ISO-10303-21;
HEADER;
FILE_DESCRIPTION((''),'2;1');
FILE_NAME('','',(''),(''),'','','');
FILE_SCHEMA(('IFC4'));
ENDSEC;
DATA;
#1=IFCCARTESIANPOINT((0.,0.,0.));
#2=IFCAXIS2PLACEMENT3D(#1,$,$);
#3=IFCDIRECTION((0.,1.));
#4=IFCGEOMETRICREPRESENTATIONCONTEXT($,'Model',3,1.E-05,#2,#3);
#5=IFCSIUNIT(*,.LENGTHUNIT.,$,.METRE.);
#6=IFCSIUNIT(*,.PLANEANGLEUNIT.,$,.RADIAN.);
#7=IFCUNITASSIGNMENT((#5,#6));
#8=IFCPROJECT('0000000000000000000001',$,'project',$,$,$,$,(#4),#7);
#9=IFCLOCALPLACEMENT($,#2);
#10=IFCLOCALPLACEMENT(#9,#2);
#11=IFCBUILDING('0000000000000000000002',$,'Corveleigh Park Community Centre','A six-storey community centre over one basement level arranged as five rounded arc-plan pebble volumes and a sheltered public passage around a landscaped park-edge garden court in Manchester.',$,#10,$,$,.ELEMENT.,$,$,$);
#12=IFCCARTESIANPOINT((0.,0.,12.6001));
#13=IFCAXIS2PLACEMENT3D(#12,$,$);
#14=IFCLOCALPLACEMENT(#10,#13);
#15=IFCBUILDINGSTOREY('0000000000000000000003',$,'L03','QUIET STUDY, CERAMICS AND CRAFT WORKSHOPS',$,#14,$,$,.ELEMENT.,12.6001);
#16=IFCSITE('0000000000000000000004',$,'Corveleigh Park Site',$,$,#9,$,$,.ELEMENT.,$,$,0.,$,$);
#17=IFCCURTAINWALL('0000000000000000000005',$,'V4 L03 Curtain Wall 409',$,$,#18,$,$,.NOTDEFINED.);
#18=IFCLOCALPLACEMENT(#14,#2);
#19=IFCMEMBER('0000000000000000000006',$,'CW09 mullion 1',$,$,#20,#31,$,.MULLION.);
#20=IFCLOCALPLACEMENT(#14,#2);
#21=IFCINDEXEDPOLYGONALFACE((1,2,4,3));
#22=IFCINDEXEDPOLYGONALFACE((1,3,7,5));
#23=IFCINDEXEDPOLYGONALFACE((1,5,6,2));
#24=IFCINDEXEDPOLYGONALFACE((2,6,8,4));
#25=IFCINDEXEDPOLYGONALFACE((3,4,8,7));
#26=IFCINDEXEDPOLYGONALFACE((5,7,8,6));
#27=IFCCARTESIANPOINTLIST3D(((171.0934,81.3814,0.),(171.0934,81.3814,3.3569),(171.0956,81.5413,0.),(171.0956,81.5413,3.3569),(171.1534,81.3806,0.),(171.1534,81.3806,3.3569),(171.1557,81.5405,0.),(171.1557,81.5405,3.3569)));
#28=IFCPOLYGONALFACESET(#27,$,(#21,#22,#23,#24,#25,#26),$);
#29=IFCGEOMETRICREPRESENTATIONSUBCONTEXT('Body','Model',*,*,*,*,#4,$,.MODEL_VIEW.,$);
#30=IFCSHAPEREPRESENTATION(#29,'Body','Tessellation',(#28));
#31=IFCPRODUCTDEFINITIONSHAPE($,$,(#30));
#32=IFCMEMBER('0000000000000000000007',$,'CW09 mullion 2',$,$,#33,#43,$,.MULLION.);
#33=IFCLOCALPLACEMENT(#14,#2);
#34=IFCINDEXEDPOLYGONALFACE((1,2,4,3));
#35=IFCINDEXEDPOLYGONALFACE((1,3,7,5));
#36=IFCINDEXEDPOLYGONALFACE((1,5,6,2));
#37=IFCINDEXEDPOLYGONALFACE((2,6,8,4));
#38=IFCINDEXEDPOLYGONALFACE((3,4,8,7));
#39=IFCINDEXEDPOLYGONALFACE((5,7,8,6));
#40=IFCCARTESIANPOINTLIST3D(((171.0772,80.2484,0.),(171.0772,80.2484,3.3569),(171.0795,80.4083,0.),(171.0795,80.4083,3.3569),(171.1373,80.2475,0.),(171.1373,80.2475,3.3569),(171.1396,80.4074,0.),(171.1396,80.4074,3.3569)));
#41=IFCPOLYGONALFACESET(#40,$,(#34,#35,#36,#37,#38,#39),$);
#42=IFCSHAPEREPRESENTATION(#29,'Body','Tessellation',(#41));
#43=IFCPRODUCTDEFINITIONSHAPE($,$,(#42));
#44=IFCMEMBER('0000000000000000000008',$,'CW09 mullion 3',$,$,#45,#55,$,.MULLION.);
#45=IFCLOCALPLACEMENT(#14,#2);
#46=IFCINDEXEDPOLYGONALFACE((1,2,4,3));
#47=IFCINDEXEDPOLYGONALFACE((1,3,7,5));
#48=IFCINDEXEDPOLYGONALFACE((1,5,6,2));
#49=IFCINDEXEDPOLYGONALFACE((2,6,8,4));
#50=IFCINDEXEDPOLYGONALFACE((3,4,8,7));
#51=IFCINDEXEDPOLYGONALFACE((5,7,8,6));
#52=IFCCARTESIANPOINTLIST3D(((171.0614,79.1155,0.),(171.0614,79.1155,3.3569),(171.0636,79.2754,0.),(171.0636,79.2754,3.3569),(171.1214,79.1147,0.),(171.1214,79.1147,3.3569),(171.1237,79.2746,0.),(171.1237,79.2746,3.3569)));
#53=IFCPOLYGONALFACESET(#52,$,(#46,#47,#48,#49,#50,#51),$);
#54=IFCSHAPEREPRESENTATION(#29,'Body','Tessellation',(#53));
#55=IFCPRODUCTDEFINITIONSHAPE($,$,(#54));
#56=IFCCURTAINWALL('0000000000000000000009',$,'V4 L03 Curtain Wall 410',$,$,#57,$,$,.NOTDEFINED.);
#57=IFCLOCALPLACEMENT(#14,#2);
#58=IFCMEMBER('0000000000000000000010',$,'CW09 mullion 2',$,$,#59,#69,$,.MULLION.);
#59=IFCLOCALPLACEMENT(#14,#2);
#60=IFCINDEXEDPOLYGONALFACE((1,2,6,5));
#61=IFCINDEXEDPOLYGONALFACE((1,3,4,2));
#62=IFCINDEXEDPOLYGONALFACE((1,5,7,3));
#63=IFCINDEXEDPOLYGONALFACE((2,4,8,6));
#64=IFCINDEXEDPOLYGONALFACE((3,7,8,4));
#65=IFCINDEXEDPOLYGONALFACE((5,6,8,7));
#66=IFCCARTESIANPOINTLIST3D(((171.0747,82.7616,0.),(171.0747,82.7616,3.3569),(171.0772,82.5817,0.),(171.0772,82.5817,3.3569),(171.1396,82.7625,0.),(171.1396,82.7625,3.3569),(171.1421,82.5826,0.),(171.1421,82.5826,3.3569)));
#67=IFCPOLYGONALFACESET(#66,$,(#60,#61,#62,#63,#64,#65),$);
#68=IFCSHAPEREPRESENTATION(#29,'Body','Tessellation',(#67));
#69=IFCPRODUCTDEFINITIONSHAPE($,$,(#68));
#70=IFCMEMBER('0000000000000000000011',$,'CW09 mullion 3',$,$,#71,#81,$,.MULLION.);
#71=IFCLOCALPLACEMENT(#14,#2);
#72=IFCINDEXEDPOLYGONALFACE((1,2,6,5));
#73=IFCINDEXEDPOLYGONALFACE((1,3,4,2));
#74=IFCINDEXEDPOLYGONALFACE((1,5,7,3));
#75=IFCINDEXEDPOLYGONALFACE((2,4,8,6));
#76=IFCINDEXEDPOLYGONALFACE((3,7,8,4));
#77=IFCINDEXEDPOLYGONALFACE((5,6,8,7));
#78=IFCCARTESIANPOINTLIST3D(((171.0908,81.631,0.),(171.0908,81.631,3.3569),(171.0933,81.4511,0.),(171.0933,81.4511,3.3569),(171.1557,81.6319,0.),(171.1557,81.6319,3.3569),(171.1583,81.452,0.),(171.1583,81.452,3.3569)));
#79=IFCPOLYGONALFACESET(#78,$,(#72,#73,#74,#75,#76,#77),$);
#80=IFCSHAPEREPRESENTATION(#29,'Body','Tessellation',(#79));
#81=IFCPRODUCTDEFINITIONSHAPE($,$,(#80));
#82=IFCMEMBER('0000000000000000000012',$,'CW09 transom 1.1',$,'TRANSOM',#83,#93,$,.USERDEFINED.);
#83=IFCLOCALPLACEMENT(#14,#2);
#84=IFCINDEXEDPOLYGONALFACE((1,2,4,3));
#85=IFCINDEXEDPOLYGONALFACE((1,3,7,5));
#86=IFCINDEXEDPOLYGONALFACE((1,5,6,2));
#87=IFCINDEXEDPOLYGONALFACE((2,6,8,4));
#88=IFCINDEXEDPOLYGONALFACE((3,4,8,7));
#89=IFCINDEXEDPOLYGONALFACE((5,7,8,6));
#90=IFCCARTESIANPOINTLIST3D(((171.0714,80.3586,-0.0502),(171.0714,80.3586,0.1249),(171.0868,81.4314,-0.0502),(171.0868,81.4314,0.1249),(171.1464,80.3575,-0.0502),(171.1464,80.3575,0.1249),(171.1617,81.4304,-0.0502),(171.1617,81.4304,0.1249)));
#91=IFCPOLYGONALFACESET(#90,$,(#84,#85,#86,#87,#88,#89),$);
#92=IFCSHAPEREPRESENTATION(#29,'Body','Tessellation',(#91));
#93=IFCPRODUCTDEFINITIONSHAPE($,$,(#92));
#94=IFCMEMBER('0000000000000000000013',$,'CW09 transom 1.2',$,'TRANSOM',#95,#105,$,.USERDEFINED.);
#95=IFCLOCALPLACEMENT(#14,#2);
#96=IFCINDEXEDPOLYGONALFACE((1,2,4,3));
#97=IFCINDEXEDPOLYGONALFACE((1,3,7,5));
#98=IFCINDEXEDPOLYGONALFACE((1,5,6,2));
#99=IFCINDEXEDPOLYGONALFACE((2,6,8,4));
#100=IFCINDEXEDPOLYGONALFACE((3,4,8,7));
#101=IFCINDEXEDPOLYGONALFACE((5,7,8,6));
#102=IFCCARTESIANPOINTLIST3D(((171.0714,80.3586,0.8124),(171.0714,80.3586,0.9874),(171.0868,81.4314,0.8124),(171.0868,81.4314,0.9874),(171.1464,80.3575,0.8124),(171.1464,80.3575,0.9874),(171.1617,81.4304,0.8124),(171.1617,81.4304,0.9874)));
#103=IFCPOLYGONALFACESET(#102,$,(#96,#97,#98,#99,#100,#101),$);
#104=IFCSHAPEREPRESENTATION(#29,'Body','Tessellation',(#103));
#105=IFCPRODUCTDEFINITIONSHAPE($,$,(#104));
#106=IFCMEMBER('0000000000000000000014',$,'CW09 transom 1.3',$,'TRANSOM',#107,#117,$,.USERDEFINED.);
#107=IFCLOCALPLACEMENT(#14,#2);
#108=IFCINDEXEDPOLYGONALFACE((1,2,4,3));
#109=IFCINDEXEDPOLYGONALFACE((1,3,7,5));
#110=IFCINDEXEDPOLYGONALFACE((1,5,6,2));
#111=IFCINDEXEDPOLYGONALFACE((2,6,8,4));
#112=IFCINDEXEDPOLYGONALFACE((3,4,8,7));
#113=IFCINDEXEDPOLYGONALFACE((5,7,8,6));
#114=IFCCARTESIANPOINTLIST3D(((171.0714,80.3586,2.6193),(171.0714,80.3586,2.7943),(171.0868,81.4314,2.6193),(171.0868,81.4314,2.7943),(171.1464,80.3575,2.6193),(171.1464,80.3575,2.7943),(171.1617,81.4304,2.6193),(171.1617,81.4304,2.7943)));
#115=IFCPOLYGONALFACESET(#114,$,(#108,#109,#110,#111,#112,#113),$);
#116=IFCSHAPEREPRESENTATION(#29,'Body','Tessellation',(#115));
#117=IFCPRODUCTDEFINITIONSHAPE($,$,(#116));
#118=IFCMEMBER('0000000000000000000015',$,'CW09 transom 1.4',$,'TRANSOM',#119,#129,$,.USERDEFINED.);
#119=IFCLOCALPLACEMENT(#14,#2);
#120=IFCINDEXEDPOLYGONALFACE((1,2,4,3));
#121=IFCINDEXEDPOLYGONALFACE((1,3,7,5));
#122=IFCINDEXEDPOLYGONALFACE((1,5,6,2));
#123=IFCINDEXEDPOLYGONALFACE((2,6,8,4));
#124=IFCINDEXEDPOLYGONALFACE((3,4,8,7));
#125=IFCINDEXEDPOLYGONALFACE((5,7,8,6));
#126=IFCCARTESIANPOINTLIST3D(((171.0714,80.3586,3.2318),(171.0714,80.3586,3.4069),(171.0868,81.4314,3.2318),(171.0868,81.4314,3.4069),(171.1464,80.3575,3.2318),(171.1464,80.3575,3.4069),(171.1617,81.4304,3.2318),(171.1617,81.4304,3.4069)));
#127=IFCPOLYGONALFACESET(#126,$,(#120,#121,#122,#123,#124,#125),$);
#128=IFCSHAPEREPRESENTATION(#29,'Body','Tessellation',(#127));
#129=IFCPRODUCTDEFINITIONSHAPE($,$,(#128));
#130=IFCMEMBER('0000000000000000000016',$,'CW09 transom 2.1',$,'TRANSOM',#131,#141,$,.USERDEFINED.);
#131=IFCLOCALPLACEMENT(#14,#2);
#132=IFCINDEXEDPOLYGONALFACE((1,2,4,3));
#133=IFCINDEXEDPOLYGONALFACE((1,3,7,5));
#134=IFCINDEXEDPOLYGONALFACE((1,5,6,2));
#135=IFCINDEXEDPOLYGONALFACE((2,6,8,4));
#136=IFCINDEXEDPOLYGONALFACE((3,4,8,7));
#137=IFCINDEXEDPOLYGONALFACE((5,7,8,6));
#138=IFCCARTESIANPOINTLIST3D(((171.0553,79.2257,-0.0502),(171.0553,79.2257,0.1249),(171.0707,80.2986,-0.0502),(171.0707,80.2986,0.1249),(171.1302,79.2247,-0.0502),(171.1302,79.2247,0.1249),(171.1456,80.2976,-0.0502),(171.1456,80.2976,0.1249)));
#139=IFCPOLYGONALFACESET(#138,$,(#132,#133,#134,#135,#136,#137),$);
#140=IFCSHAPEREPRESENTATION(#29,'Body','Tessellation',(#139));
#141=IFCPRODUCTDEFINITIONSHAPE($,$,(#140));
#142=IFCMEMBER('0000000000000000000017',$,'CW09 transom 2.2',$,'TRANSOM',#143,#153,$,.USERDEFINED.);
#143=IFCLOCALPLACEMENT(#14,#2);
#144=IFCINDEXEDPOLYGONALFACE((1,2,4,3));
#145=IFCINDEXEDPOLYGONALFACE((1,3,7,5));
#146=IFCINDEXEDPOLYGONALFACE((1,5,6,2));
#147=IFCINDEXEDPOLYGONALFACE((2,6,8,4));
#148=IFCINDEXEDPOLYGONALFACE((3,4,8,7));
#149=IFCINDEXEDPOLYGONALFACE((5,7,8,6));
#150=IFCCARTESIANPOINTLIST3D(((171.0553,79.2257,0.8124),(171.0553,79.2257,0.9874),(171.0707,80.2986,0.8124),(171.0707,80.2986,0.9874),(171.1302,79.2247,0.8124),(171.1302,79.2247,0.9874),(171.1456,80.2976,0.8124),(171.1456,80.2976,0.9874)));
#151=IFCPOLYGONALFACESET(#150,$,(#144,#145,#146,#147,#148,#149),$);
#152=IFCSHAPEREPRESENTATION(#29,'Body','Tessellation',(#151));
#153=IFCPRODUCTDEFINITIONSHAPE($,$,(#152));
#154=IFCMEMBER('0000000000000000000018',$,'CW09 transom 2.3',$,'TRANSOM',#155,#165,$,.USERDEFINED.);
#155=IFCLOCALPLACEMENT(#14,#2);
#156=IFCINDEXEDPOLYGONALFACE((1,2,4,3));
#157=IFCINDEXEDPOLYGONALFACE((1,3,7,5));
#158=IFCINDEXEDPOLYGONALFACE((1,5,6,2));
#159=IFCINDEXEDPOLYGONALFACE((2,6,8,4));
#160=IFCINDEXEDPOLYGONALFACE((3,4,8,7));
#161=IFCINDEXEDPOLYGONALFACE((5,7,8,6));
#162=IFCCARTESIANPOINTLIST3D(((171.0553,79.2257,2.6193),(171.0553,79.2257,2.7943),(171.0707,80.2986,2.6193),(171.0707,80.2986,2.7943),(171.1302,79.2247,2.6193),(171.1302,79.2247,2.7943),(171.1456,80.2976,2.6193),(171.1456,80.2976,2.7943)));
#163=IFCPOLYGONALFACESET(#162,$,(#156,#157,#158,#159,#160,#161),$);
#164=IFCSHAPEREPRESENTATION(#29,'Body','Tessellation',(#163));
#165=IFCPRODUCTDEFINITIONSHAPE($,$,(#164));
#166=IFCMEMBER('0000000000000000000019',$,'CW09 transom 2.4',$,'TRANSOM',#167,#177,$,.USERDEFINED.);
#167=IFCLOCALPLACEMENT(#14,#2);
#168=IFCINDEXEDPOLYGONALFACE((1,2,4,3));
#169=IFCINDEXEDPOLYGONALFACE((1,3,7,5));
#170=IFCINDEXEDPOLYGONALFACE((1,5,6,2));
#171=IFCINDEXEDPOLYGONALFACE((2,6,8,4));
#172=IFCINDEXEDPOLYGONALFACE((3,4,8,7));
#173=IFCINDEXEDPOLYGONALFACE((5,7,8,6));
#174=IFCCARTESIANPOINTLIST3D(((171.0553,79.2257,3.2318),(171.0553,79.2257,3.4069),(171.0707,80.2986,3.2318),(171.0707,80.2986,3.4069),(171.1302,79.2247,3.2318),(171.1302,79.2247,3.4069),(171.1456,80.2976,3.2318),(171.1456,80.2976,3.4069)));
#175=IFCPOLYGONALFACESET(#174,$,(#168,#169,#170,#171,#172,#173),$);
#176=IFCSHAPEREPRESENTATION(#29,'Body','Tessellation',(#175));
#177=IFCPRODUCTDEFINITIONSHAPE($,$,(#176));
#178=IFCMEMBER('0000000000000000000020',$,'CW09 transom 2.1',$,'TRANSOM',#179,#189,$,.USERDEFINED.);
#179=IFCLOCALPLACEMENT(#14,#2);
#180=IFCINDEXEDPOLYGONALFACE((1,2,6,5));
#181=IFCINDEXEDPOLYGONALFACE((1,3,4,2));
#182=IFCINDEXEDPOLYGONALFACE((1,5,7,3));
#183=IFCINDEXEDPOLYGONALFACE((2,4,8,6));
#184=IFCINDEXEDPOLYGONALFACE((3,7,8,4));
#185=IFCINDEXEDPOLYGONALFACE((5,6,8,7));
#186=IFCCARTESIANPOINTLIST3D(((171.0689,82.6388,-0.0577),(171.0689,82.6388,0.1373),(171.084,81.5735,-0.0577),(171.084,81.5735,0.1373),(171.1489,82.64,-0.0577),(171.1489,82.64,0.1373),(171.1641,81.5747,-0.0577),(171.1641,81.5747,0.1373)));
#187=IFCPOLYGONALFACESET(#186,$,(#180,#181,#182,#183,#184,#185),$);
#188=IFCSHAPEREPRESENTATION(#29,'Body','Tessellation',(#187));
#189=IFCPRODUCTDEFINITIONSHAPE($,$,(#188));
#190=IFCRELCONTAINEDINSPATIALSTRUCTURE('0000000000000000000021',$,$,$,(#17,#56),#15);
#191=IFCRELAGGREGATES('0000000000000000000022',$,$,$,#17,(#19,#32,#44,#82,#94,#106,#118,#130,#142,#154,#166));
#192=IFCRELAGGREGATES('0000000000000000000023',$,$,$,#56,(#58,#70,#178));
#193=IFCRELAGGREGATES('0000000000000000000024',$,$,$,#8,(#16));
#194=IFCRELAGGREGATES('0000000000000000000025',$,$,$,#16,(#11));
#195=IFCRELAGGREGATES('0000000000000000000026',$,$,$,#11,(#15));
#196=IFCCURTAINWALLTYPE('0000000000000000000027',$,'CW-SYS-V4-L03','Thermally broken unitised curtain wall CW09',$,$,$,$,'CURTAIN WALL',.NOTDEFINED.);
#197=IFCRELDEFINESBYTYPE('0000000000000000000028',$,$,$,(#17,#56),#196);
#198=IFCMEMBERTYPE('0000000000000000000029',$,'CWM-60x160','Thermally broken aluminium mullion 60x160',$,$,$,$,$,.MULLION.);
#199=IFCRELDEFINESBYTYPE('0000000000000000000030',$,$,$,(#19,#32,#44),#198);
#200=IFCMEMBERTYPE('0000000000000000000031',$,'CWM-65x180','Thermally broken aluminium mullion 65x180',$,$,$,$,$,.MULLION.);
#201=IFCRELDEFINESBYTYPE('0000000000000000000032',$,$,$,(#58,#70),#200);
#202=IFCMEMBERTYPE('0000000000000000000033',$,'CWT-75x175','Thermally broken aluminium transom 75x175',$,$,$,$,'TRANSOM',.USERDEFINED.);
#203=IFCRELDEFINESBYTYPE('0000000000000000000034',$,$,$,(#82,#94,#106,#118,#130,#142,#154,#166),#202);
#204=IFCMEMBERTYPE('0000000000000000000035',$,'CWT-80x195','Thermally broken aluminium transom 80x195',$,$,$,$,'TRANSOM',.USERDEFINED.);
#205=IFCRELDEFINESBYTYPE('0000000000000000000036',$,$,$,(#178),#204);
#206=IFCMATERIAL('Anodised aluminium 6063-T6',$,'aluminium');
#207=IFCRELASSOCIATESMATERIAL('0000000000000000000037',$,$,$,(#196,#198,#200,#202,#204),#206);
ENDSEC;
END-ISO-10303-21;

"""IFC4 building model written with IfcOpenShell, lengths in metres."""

from ifc_helpers import new_model, si_unit, direction, frame, origin, origin_2d, place, context, subcontext, project, spatial, rectangle, extrude, material, material_profile, profile_set, type_object, element, aggregate, save


model = new_model("IFC4")

# Units and contexts
model_context = context("Model", 3, precision=1e-05, world=origin(), true_north=direction((0.0, 1.0)))
body_context = subcontext(model_context, "Body", "Model", "MODEL_VIEW")
ifc_project = project(units=[si_unit("LENGTHUNIT", "METRE"), si_unit("PLANEANGLEUNIT", "RADIAN")], contexts=[model_context])

# Site, building, storey
site_placement = place(None, origin())
site = spatial("IfcSite", under=ifc_project, at=site_placement, Name="Corveleigh Park Site", CompositionType="ELEMENT", RefElevation=0.0)
building_placement = place(site_placement, origin())
building = spatial("IfcBuilding", under=site, at=building_placement, Name="Corveleigh Park Community Centre", Description="A six-storey community centre over one basement level arranged as five rounded arc-plan pebble volumes and a sheltered public passage around a landscaped park-edge garden court in Manchester.", CompositionType="ELEMENT")
storey_placement = place(building_placement, frame((0.0, 0.0, 12.6001)))
storey = spatial("IfcBuildingStorey", under=building, at=storey_placement, Name="L03", Description="QUIET STUDY, CERAMICS AND CRAFT WORKSHOPS", CompositionType="ELEMENT", Elevation=12.6001)

# Curtain walls, members
ifc_material_1 = material(Name="Anodised aluminium 6063-T6", Category="aluminium")
curtain_wall_type = type_object("IfcCurtainWallType", Name="CW-SYS-V4-L03", Description="Thermally broken unitised curtain wall CW09", ElementType="CURTAIN WALL", PredefinedType="NOTDEFINED", material=ifc_material_1)
curtain_wall_1_placement = place(storey_placement, origin())
curtain_wall_1 = element("IfcCurtainWall", 1, at=curtain_wall_1_placement, inside=storey, type_object=curtain_wall_type, Name="V4 L03 Curtain Wall 409", PredefinedType="NOTDEFINED")
ifc_material_profile_1 = material_profile(ifc_material_1, rectangle(XDim=0.0601, YDim=0.1599, at=origin_2d()), Name="ALU-M60x160", Category="aluminium")
ifc_profile_set_1 = profile_set([ifc_material_profile_1], Name="Anodised aluminium 6063-T6")
member_type_1 = type_object("IfcMemberType", Name="CWM-60x160", Description="Thermally broken aluminium mullion 60x160", PredefinedType="MULLION", material=ifc_profile_set_1)
member_1_placement = place(storey_placement, frame((171.1245, 81.4609, 0.0), z_axis=(0.0, 0.0, 1.0), x_axis=(0.999899, -0.014186, 0.0)))
member_1 = element("IfcMember", 2, at=member_1_placement, type_object=member_type_1, Name="CW09 mullion 1", PredefinedType="MULLION", context=body_context, shape_type="SweptSolid", body=[
    extrude(rectangle(XDim=0.0601, YDim=0.1599, at=origin_2d()), origin(), (0.0, 0.0, 1.0), 3.3569),
])
member_2_placement = place(storey_placement, frame((171.1084, 80.3279, 0.0), z_axis=(0.0, 0.0, 1.0), x_axis=(0.999899, -0.014186, 0.0)))
member_2 = element("IfcMember", 3, at=member_2_placement, type_object=member_type_1, Name="CW09 mullion 2", PredefinedType="MULLION", context=body_context, shape_type="SweptSolid", body=[
    extrude(rectangle(XDim=0.0601, YDim=0.1599, at=origin_2d()), origin(), (0.0, 0.0, 1.0), 3.3569),
])
member_3_placement = place(storey_placement, frame((171.0925, 79.1951, 0.0), z_axis=(0.0, 0.0, 1.0), x_axis=(0.999899, -0.014186, 0.0)))
member_3 = element("IfcMember", 4, at=member_3_placement, type_object=member_type_1, Name="CW09 mullion 3", PredefinedType="MULLION", context=body_context, shape_type="SweptSolid", body=[
    extrude(rectangle(XDim=0.0601, YDim=0.1599, at=origin_2d()), origin(), (0.0, 0.0, 1.0), 3.3569),
])
curtain_wall_2_placement = place(storey_placement, origin())
curtain_wall_2 = element("IfcCurtainWall", 5, at=curtain_wall_2_placement, inside=storey, type_object=curtain_wall_type, Name="V4 L03 Curtain Wall 410", PredefinedType="NOTDEFINED")
ifc_material_profile_2 = material_profile(ifc_material_1, rectangle(XDim=0.0649, YDim=0.1799, at=origin_2d()), Name="ALU-M65x180", Category="aluminium")
ifc_profile_set_2 = profile_set([ifc_material_profile_2], Name="Anodised aluminium 6063-T6")
member_type_2 = type_object("IfcMemberType", Name="CWM-65x180", Description="Thermally broken aluminium mullion 65x180", PredefinedType="MULLION", material=ifc_profile_set_2)
member_4_placement = place(storey_placement, frame((171.1084, 82.6721, 0.0), z_axis=(0.0, 0.0, 1.0), x_axis=(0.999899, 0.014186, 0.0)))
member_4 = element("IfcMember", 6, at=member_4_placement, type_object=member_type_2, Name="CW09 mullion 2", PredefinedType="MULLION", context=body_context, shape_type="SweptSolid", body=[
    extrude(rectangle(XDim=0.0649, YDim=0.1799, at=origin_2d()), origin(), (0.0, 0.0, 1.0), 3.3569),
])
member_5_placement = place(storey_placement, frame((171.1245, 81.5415, 0.0), z_axis=(0.0, 0.0, 1.0), x_axis=(0.999899, 0.014186, 0.0)))
member_5 = element("IfcMember", 7, at=member_5_placement, type_object=member_type_2, Name="CW09 mullion 3", PredefinedType="MULLION", context=body_context, shape_type="SweptSolid", body=[
    extrude(rectangle(XDim=0.0649, YDim=0.1799, at=origin_2d()), origin(), (0.0, 0.0, 1.0), 3.3569),
])

# Members
ifc_material_profile_3 = material_profile(ifc_material_1, rectangle(XDim=0.075, YDim=0.175, at=origin_2d()), Name="ALU-T75x175", Category="aluminium")
ifc_profile_set_3 = profile_set([ifc_material_profile_3], Name="Anodised aluminium 6063-T6")
member_type_3 = type_object("IfcMemberType", Name="CWT-75x175", Description="Thermally broken aluminium transom 75x175", ElementType="TRANSOM", PredefinedType="USERDEFINED", material=ifc_profile_set_3)
member_6_placement = place(storey_placement, frame((171.1243, 81.4309, 0.0374), z_axis=(-0.014333, -0.999897, 0.0), x_axis=(0.999897, -0.014333, 0.0)))
member_6 = element("IfcMember", 8, at=member_6_placement, type_object=member_type_3, Name="CW09 transom 1.1", ObjectType="TRANSOM", PredefinedType="USERDEFINED", context=body_context, shape_type="SweptSolid", body=[
    extrude(rectangle(XDim=0.075, YDim=0.175, at=origin_2d()), origin(), (0.0, 0.0, 1.0), 1.073),
])
member_7_placement = place(storey_placement, frame((171.1243, 81.4309, 0.8999), z_axis=(-0.014333, -0.999897, 0.0), x_axis=(0.999897, -0.014333, 0.0)))
member_7 = element("IfcMember", 9, at=member_7_placement, type_object=member_type_3, Name="CW09 transom 1.2", ObjectType="TRANSOM", PredefinedType="USERDEFINED", context=body_context, shape_type="SweptSolid", body=[
    extrude(rectangle(XDim=0.075, YDim=0.175, at=origin_2d()), origin(), (0.0, 0.0, 1.0), 1.073),
])
member_8_placement = place(storey_placement, frame((171.1243, 81.4309, 2.7068), z_axis=(-0.014333, -0.999897, 0.0), x_axis=(0.999897, -0.014333, 0.0)))
member_8 = element("IfcMember", 10, at=member_8_placement, type_object=member_type_3, Name="CW09 transom 1.3", ObjectType="TRANSOM", PredefinedType="USERDEFINED", context=body_context, shape_type="SweptSolid", body=[
    extrude(rectangle(XDim=0.075, YDim=0.175, at=origin_2d()), origin(), (0.0, 0.0, 1.0), 1.073),
])
member_9_placement = place(storey_placement, frame((171.1243, 81.4309, 3.3193), z_axis=(-0.014333, -0.999897, 0.0), x_axis=(0.999897, -0.014333, 0.0)))
member_9 = element("IfcMember", 11, at=member_9_placement, type_object=member_type_3, Name="CW09 transom 1.4", ObjectType="TRANSOM", PredefinedType="USERDEFINED", context=body_context, shape_type="SweptSolid", body=[
    extrude(rectangle(XDim=0.075, YDim=0.175, at=origin_2d()), origin(), (0.0, 0.0, 1.0), 1.073),
])
member_10_placement = place(storey_placement, frame((171.1082, 80.2981, 0.0374), z_axis=(-0.014333, -0.999897, 0.0), x_axis=(0.999897, -0.014333, 0.0)))
member_10 = element("IfcMember", 12, at=member_10_placement, type_object=member_type_3, Name="CW09 transom 2.1", ObjectType="TRANSOM", PredefinedType="USERDEFINED", context=body_context, shape_type="SweptSolid", body=[
    extrude(rectangle(XDim=0.075, YDim=0.175, at=origin_2d()), origin(), (0.0, 0.0, 1.0), 1.073),
])
member_11_placement = place(storey_placement, frame((171.1082, 80.2981, 0.8999), z_axis=(-0.014333, -0.999897, 0.0), x_axis=(0.999897, -0.014333, 0.0)))
member_11 = element("IfcMember", 13, at=member_11_placement, type_object=member_type_3, Name="CW09 transom 2.2", ObjectType="TRANSOM", PredefinedType="USERDEFINED", context=body_context, shape_type="SweptSolid", body=[
    extrude(rectangle(XDim=0.075, YDim=0.175, at=origin_2d()), origin(), (0.0, 0.0, 1.0), 1.073),
])
member_12_placement = place(storey_placement, frame((171.1082, 80.2981, 2.7068), z_axis=(-0.014333, -0.999897, 0.0), x_axis=(0.999897, -0.014333, 0.0)))
member_12 = element("IfcMember", 14, at=member_12_placement, type_object=member_type_3, Name="CW09 transom 2.3", ObjectType="TRANSOM", PredefinedType="USERDEFINED", context=body_context, shape_type="SweptSolid", body=[
    extrude(rectangle(XDim=0.075, YDim=0.175, at=origin_2d()), origin(), (0.0, 0.0, 1.0), 1.073),
])
member_13_placement = place(storey_placement, frame((171.1082, 80.2981, 3.3193), z_axis=(-0.014333, -0.999897, 0.0), x_axis=(0.999897, -0.014333, 0.0)))
member_13 = element("IfcMember", 15, at=member_13_placement, type_object=member_type_3, Name="CW09 transom 2.4", ObjectType="TRANSOM", PredefinedType="USERDEFINED", context=body_context, shape_type="SweptSolid", body=[
    extrude(rectangle(XDim=0.075, YDim=0.175, at=origin_2d()), origin(), (0.0, 0.0, 1.0), 1.073),
])
ifc_material_profile_4 = material_profile(ifc_material_1, rectangle(XDim=0.0801, YDim=0.1951, at=origin_2d()), Name="ALU-T80x195", Category="aluminium")
ifc_profile_set_4 = profile_set([ifc_material_profile_4], Name="Anodised aluminium 6063-T6")
member_type_4 = type_object("IfcMemberType", Name="CWT-80x195", Description="Thermally broken aluminium transom 80x195", ElementType="TRANSOM", PredefinedType="USERDEFINED", material=ifc_profile_set_4)
member_14_placement = place(storey_placement, frame((171.1089, 82.6394, 0.0398), z_axis=(0.014206, -0.999899, 0.0), x_axis=(0.999899, 0.014206, 0.0)))
member_14 = element("IfcMember", 16, at=member_14_placement, type_object=member_type_4, Name="CW09 transom 2.1", ObjectType="TRANSOM", PredefinedType="USERDEFINED", context=body_context, shape_type="SweptSolid", body=[
    extrude(rectangle(XDim=0.0801, YDim=0.1951, at=origin_2d()), origin(), (0.0, 0.0, 1.0), 1.0654),
])

aggregate(curtain_wall_1, [member_1, member_2, member_3, member_6, member_7, member_8, member_9, member_10, member_11, member_12, member_13])
aggregate(curtain_wall_2, [member_4, member_5, member_14])

save(model, "model.ifc")
